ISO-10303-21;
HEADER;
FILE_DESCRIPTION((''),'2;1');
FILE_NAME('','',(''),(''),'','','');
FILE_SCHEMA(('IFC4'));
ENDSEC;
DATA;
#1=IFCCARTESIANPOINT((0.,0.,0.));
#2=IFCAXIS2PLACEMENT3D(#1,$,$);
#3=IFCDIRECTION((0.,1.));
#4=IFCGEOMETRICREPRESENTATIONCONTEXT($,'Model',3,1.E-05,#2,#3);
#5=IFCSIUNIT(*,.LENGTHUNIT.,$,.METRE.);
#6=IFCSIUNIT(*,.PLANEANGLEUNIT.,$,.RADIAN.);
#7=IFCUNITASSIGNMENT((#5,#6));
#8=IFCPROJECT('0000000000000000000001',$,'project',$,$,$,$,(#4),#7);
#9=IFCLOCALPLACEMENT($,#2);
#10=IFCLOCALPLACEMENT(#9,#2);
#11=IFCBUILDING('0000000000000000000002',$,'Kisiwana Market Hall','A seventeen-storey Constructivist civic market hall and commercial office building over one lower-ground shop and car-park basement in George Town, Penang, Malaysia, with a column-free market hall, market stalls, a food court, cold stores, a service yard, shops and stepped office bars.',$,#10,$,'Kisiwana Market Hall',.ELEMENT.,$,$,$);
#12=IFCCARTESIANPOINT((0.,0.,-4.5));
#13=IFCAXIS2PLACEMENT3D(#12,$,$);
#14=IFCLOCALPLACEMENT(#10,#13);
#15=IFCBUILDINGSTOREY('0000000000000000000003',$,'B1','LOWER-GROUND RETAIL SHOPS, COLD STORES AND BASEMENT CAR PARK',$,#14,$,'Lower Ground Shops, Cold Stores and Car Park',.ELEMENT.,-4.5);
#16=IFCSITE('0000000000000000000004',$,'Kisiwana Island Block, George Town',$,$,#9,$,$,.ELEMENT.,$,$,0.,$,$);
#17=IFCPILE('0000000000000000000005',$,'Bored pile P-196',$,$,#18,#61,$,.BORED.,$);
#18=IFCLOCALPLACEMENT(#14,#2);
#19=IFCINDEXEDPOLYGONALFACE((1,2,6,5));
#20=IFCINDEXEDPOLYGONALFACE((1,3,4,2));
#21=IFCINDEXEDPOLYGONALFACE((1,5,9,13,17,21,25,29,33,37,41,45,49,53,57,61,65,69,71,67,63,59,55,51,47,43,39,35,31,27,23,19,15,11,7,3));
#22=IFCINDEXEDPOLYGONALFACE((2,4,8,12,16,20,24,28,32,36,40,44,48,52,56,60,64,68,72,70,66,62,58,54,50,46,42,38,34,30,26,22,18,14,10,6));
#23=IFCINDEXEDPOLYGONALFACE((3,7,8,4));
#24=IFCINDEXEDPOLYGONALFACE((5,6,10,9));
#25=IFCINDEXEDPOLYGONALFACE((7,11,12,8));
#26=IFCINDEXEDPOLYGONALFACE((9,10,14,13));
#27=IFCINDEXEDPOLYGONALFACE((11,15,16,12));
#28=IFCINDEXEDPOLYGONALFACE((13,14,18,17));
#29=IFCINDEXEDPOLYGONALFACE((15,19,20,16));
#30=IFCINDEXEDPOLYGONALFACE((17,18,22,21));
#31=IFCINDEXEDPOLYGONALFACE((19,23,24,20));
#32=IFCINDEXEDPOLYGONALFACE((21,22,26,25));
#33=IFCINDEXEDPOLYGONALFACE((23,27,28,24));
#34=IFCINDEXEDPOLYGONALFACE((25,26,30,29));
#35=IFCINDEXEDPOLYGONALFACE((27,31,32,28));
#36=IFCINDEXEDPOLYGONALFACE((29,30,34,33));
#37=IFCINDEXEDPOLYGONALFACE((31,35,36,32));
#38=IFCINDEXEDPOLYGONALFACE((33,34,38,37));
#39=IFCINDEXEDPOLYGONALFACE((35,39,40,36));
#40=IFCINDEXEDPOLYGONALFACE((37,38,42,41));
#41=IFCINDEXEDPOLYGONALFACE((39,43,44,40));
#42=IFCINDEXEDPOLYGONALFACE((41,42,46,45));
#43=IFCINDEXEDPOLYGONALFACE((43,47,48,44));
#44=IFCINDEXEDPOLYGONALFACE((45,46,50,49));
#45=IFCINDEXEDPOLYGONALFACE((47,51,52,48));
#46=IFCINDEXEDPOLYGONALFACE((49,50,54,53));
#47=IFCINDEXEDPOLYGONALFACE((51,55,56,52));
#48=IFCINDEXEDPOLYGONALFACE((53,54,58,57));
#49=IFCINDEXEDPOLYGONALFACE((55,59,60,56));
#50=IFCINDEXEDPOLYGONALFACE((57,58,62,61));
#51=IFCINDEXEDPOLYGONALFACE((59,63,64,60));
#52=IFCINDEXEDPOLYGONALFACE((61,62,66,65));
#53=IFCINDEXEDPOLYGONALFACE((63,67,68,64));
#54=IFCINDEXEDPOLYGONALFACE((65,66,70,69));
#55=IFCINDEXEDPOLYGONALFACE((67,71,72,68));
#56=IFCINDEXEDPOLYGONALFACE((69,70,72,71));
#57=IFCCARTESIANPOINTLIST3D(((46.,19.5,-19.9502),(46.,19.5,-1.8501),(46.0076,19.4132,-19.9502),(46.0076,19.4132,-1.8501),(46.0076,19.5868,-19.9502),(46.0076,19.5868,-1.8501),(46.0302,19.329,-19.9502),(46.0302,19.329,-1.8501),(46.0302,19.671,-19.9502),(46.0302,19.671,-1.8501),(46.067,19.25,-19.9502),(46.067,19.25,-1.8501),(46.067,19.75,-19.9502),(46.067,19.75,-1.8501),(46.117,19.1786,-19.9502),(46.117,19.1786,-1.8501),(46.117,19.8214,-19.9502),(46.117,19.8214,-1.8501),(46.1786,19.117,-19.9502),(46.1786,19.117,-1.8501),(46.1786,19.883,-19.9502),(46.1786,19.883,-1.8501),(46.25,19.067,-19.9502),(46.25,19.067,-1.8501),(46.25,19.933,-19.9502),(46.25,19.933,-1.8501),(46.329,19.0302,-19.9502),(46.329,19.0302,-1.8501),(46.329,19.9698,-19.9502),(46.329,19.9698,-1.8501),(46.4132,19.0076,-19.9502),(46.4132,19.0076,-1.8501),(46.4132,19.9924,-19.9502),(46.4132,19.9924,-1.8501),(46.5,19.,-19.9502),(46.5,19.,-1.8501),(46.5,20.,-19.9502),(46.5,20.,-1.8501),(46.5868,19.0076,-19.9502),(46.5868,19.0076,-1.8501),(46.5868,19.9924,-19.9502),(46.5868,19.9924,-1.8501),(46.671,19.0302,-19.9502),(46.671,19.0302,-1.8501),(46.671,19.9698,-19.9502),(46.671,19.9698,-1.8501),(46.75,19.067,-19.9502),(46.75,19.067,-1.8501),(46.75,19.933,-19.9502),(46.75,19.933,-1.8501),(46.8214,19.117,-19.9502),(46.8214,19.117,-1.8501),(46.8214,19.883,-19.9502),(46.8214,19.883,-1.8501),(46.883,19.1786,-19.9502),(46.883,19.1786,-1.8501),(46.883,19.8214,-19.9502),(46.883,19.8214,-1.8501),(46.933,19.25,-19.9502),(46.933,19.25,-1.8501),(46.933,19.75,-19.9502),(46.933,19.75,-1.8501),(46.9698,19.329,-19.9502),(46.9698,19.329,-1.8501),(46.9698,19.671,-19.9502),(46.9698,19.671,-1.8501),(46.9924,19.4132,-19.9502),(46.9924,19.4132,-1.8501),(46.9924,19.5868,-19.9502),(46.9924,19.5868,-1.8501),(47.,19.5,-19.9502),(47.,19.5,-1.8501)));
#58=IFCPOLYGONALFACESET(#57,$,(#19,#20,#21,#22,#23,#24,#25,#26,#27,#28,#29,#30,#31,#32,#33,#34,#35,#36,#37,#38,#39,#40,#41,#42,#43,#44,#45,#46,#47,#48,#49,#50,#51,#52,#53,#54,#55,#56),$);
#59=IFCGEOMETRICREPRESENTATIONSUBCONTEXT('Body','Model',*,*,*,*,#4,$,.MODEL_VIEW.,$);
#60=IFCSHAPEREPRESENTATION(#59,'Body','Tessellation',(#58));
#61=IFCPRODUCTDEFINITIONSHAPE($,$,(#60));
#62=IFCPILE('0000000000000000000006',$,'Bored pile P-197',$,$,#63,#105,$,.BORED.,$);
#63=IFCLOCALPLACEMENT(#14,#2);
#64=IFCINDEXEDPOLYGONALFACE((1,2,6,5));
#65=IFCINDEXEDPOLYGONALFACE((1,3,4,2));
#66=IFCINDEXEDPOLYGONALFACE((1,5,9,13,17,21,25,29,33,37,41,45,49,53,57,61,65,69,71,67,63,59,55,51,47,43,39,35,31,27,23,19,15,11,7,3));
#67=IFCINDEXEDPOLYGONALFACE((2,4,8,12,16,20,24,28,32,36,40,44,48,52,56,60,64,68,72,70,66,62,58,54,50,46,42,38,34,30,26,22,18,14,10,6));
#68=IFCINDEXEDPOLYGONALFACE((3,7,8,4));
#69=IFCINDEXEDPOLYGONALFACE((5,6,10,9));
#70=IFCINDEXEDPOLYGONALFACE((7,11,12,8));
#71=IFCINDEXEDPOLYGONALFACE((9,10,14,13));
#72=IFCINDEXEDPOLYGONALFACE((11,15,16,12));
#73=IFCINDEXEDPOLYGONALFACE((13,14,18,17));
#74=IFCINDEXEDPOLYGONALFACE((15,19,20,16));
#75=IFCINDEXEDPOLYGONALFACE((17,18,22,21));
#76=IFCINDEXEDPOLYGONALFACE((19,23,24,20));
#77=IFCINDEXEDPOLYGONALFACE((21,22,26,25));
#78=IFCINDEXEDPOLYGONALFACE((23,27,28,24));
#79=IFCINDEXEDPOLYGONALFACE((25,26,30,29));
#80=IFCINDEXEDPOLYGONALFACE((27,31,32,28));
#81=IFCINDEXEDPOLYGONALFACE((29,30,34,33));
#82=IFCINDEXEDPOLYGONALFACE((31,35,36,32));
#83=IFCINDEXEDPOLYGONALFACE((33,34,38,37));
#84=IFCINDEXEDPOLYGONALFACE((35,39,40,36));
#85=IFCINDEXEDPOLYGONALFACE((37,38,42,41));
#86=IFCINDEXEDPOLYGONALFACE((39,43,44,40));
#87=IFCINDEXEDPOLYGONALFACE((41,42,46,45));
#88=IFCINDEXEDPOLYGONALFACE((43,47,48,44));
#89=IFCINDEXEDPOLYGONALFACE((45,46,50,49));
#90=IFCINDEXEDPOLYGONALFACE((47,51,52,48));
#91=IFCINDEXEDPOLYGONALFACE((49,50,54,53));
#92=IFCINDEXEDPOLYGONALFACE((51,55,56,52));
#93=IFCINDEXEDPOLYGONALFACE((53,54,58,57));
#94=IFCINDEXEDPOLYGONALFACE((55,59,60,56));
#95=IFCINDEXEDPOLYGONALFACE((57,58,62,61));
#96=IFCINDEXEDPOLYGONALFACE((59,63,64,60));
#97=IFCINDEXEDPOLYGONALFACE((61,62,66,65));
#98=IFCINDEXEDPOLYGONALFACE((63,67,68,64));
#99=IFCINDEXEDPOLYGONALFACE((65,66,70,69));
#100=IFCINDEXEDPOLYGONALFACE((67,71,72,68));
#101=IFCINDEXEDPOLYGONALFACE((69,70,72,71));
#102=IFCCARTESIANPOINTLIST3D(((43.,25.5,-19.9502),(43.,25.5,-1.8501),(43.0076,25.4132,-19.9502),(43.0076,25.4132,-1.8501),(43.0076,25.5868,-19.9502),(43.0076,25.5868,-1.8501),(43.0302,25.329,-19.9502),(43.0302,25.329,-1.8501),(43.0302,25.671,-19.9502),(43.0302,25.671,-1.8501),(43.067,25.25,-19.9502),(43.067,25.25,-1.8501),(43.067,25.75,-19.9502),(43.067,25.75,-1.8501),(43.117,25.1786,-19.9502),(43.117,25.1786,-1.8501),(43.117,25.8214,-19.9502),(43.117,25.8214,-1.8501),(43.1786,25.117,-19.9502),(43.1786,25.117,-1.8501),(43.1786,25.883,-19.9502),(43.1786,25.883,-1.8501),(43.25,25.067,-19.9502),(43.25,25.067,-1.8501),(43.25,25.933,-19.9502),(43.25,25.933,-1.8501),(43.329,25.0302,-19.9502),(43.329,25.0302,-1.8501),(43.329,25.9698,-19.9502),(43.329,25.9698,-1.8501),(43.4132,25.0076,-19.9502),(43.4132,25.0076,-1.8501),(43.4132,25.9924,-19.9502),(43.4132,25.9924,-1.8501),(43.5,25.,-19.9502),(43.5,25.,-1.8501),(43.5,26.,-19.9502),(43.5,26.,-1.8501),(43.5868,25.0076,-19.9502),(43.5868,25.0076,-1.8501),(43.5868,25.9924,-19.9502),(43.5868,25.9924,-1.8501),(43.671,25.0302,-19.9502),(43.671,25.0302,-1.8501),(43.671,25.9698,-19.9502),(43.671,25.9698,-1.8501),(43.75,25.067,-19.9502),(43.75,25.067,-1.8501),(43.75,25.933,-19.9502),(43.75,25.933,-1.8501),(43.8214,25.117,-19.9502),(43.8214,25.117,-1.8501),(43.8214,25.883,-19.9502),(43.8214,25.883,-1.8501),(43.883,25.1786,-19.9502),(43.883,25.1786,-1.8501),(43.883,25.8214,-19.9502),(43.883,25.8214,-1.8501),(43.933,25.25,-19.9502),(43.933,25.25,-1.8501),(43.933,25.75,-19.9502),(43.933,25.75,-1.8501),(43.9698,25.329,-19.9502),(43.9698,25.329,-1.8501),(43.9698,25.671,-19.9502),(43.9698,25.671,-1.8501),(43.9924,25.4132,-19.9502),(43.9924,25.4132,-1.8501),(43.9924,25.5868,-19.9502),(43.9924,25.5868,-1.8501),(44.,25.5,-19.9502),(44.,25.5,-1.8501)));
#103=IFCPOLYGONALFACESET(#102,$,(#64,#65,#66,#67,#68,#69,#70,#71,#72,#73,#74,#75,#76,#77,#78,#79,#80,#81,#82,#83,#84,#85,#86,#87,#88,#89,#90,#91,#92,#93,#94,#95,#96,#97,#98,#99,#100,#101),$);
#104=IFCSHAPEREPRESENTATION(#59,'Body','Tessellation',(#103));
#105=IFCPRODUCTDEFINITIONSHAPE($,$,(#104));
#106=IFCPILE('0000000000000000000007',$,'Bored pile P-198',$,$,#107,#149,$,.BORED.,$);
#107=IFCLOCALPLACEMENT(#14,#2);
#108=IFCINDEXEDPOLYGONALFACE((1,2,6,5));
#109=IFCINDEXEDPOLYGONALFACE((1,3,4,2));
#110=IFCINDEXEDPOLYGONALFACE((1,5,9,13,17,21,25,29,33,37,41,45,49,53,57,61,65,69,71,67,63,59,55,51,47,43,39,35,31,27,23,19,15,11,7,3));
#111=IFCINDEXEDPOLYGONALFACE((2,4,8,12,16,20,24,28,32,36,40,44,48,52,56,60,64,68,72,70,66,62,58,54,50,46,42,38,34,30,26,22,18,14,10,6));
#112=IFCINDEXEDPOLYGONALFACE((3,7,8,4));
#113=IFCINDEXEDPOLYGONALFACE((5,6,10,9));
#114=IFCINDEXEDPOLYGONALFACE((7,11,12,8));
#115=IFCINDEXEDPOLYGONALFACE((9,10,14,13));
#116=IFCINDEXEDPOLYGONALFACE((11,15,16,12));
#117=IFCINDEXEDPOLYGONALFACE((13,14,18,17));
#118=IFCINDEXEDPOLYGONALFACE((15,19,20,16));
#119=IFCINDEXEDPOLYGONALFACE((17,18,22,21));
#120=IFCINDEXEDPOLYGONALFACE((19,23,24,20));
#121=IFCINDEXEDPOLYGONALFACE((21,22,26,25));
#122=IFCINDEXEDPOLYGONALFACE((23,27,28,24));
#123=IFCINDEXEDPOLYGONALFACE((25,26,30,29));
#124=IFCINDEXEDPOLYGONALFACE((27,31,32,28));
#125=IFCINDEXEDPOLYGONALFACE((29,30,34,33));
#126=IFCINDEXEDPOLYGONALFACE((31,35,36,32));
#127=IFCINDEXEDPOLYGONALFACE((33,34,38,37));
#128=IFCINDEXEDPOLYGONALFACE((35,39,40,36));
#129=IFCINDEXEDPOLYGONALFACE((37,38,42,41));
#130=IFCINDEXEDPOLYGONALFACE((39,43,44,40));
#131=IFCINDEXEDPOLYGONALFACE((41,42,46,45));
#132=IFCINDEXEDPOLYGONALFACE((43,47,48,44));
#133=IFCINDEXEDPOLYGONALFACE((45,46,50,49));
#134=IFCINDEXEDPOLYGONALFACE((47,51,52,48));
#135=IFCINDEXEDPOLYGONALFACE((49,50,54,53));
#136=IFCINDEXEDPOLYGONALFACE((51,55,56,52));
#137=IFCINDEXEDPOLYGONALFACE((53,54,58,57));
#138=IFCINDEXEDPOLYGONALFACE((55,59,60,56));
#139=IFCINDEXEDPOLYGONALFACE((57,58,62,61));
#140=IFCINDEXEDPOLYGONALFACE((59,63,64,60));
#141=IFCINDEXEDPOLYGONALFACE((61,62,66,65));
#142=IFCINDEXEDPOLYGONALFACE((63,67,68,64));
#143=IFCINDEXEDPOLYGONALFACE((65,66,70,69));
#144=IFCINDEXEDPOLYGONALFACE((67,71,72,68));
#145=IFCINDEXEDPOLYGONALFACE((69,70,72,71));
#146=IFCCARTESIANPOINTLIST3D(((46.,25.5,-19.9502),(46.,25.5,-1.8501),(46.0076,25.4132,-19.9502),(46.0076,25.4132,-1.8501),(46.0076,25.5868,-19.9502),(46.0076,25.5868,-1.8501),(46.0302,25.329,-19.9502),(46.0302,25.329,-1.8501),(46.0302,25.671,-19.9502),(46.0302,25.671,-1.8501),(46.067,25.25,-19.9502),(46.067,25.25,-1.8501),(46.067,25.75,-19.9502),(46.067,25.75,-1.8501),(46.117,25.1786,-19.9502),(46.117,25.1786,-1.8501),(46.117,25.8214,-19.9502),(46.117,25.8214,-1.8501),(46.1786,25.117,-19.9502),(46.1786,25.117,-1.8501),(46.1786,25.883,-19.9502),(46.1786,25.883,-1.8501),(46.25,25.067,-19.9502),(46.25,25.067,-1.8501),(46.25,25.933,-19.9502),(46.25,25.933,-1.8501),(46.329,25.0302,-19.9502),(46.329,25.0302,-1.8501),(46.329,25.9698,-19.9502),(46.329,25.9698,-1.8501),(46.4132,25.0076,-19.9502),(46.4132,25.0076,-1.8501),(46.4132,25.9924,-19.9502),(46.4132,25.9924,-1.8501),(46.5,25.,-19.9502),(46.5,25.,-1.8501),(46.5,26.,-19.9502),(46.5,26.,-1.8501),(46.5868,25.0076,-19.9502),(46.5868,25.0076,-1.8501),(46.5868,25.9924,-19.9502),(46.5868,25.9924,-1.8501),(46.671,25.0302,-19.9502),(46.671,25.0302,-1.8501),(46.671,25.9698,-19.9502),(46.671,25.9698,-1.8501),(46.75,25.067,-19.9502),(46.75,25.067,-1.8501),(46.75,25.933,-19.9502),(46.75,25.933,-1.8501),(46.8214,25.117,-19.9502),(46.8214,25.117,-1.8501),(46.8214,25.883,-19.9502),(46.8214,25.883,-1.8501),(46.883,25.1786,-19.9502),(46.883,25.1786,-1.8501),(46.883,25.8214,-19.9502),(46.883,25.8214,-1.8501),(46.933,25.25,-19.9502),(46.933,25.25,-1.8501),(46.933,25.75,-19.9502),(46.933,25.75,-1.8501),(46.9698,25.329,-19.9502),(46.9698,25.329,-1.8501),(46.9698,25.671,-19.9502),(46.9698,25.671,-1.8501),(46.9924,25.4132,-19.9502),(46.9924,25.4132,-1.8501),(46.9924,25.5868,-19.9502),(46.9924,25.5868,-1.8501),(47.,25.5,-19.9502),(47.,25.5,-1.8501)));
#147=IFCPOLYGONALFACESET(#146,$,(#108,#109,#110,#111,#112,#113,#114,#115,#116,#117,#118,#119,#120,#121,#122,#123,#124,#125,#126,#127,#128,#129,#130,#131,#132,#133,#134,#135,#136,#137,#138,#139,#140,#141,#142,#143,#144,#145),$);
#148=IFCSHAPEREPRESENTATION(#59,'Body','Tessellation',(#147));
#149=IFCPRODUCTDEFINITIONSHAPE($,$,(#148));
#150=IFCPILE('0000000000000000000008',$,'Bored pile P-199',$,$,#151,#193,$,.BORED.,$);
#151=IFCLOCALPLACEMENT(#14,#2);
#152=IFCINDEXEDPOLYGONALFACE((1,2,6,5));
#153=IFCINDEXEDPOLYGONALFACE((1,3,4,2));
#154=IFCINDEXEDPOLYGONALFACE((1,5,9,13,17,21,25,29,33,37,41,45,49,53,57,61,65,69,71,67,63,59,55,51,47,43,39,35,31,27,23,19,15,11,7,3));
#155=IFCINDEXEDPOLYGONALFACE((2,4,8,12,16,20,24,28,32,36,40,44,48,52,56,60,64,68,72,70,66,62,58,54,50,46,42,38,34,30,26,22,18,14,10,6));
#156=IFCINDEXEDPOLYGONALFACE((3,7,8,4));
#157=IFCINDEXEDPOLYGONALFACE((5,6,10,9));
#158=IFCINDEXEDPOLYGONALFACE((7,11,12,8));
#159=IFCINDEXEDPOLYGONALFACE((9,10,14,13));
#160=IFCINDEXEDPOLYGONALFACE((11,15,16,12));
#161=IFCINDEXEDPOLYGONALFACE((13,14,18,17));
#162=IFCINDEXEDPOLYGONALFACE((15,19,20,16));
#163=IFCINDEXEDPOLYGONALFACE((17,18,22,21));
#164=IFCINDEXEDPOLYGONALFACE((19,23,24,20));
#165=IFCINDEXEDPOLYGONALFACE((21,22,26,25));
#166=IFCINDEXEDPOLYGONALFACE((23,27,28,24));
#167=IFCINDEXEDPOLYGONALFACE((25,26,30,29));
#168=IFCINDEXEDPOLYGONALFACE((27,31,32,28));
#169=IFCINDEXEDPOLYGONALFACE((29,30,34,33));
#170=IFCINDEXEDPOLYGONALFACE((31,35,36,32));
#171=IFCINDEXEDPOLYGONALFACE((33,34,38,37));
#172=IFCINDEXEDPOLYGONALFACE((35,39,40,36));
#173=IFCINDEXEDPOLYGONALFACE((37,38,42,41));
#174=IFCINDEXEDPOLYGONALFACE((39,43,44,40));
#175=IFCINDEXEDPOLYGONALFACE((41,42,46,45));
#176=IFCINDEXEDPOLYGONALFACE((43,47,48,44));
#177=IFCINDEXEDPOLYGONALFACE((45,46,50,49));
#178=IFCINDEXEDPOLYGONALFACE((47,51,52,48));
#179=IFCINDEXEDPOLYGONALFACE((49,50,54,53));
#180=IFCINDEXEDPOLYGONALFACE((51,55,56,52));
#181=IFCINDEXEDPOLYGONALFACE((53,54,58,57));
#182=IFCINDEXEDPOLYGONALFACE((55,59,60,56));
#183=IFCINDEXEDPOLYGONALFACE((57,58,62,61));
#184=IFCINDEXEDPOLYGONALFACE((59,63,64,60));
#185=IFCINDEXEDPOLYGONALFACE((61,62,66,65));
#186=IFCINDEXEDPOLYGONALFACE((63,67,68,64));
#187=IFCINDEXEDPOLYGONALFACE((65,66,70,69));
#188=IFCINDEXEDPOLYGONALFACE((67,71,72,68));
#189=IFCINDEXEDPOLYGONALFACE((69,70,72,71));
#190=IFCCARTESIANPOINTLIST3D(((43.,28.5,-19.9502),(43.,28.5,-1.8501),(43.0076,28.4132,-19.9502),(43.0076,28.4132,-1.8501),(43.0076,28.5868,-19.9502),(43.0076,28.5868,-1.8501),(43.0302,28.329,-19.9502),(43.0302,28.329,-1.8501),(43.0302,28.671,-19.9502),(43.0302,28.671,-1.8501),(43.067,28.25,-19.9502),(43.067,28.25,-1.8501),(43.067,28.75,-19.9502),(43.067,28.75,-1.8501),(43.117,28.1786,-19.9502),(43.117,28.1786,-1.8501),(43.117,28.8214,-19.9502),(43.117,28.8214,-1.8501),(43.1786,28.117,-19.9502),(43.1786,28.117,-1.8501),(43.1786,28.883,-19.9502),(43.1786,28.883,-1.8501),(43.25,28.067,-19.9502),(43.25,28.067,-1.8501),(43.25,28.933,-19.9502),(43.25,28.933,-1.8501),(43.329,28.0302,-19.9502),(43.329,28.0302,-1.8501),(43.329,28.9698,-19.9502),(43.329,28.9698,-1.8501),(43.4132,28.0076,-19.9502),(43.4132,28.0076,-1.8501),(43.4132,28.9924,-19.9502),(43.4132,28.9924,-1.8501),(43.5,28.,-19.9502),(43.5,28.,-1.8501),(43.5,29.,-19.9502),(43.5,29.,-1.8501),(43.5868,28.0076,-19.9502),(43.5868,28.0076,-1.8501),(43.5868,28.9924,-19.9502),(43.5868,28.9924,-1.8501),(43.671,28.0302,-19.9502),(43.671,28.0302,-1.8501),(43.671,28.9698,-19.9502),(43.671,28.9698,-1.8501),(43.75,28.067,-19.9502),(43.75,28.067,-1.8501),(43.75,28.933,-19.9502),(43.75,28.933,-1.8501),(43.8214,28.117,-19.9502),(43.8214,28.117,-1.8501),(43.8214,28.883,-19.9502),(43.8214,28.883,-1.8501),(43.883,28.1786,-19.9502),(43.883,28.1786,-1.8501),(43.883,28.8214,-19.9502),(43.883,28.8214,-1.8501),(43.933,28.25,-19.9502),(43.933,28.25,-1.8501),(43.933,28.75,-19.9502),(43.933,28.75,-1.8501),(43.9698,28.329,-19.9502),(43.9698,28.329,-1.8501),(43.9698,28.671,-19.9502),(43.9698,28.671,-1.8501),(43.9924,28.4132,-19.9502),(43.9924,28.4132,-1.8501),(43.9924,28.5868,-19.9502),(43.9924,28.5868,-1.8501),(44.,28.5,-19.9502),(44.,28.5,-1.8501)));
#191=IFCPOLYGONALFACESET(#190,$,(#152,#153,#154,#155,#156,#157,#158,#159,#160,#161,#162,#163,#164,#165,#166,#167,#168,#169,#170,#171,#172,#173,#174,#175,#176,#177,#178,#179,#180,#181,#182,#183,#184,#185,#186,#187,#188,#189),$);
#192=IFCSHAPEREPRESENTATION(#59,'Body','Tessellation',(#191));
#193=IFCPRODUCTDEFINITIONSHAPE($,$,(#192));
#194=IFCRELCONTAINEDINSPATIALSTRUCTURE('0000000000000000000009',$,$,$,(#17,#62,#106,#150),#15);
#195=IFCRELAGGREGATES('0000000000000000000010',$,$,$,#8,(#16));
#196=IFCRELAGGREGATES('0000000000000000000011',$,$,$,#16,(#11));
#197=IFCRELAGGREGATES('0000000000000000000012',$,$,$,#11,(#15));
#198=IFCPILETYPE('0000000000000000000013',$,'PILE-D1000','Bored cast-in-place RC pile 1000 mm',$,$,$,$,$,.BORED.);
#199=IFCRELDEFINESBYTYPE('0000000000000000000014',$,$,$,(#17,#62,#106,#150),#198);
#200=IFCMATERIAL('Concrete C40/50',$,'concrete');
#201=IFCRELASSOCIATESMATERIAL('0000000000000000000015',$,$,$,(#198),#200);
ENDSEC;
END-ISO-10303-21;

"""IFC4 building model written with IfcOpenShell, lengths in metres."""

from ifc_helpers import new_model, si_unit, direction, frame, origin, origin_2d, place, context, subcontext, project, spatial, circle, extrude, material, material_profile, profile_set, type_object, element, save


model = new_model("IFC4")

# Units and contexts
model_context = context("Model", 3, precision=1e-05, world=origin(), true_north=direction((0.0, 1.0)))
body_context = subcontext(model_context, "Body", "Model", "MODEL_VIEW")
ifc_project = project(units=[si_unit("LENGTHUNIT", "METRE"), si_unit("PLANEANGLEUNIT", "RADIAN")], contexts=[model_context])

# Site, building, storey
site_placement = place(None, origin())
site = spatial("IfcSite", under=ifc_project, at=site_placement, Name="Kisiwana Island Block, George Town", CompositionType="ELEMENT", RefElevation=0.0)
building_placement = place(site_placement, origin())
building = spatial("IfcBuilding", under=site, at=building_placement, Name="Kisiwana Market Hall", Description="A seventeen-storey Constructivist civic market hall and commercial office building over one lower-ground shop and car-park basement in George Town, Penang, Malaysia, with a column-free market hall, market stalls, a food court, cold stores, a service yard, shops and stepped office bars.", LongName="Kisiwana Market Hall", CompositionType="ELEMENT")
storey_placement = place(building_placement, frame((0.0, 0.0, -4.5)))
storey = spatial("IfcBuildingStorey", under=building, at=storey_placement, Name="B1", Description="LOWER-GROUND RETAIL SHOPS, COLD STORES AND BASEMENT CAR PARK", LongName="Lower Ground Shops, Cold Stores and Car Park", CompositionType="ELEMENT", Elevation=-4.5)

# Piles
ifc_material_1 = material(Name="Concrete C40/50", Category="concrete")
ifc_material_profile_1 = material_profile(ifc_material_1, circle(Radius=0.5, at=origin_2d()), Name="BP D1000")
ifc_profile_set_1 = profile_set([ifc_material_profile_1], Name="Concrete C40/50")
pile_type_1 = type_object("IfcPileType", Name="PILE-D1000", Description="Bored cast-in-place RC pile 1000 mm", PredefinedType="BORED", material=ifc_profile_set_1)
for number, where, z_axis, x_axis, name in (
    (1, (46.5, 19.5, -1.8501), (0.0, 0.0, -1.0), (1.0, 0.0, 0.0), "Bored pile P-196"),
    (2, (43.5, 25.5, -1.8501), (0.0, 0.0, -1.0), (1.0, 0.0, 0.0), "Bored pile P-197"),
    (3, (46.5, 25.5, -1.8501), (0.0, 0.0, -1.0), (1.0, 0.0, 0.0), "Bored pile P-198"),
    (4, (43.5, 28.5, -1.8501), (0.0, 0.0, -1.0), (1.0, 0.0, 0.0), "Bored pile P-199"),
):
    element("IfcPile", number, at=place(storey_placement, frame(where, z_axis=z_axis, x_axis=x_axis)), inside=storey, type_object=pile_type_1, Name=name, PredefinedType="BORED", context=body_context, shape_type="SweptSolid", body=[
        extrude(circle(Radius=0.5, at=origin_2d()), origin(), (0.0, 0.0, 1.0), 18.1001),
    ])

save(model, "model.ifc")
